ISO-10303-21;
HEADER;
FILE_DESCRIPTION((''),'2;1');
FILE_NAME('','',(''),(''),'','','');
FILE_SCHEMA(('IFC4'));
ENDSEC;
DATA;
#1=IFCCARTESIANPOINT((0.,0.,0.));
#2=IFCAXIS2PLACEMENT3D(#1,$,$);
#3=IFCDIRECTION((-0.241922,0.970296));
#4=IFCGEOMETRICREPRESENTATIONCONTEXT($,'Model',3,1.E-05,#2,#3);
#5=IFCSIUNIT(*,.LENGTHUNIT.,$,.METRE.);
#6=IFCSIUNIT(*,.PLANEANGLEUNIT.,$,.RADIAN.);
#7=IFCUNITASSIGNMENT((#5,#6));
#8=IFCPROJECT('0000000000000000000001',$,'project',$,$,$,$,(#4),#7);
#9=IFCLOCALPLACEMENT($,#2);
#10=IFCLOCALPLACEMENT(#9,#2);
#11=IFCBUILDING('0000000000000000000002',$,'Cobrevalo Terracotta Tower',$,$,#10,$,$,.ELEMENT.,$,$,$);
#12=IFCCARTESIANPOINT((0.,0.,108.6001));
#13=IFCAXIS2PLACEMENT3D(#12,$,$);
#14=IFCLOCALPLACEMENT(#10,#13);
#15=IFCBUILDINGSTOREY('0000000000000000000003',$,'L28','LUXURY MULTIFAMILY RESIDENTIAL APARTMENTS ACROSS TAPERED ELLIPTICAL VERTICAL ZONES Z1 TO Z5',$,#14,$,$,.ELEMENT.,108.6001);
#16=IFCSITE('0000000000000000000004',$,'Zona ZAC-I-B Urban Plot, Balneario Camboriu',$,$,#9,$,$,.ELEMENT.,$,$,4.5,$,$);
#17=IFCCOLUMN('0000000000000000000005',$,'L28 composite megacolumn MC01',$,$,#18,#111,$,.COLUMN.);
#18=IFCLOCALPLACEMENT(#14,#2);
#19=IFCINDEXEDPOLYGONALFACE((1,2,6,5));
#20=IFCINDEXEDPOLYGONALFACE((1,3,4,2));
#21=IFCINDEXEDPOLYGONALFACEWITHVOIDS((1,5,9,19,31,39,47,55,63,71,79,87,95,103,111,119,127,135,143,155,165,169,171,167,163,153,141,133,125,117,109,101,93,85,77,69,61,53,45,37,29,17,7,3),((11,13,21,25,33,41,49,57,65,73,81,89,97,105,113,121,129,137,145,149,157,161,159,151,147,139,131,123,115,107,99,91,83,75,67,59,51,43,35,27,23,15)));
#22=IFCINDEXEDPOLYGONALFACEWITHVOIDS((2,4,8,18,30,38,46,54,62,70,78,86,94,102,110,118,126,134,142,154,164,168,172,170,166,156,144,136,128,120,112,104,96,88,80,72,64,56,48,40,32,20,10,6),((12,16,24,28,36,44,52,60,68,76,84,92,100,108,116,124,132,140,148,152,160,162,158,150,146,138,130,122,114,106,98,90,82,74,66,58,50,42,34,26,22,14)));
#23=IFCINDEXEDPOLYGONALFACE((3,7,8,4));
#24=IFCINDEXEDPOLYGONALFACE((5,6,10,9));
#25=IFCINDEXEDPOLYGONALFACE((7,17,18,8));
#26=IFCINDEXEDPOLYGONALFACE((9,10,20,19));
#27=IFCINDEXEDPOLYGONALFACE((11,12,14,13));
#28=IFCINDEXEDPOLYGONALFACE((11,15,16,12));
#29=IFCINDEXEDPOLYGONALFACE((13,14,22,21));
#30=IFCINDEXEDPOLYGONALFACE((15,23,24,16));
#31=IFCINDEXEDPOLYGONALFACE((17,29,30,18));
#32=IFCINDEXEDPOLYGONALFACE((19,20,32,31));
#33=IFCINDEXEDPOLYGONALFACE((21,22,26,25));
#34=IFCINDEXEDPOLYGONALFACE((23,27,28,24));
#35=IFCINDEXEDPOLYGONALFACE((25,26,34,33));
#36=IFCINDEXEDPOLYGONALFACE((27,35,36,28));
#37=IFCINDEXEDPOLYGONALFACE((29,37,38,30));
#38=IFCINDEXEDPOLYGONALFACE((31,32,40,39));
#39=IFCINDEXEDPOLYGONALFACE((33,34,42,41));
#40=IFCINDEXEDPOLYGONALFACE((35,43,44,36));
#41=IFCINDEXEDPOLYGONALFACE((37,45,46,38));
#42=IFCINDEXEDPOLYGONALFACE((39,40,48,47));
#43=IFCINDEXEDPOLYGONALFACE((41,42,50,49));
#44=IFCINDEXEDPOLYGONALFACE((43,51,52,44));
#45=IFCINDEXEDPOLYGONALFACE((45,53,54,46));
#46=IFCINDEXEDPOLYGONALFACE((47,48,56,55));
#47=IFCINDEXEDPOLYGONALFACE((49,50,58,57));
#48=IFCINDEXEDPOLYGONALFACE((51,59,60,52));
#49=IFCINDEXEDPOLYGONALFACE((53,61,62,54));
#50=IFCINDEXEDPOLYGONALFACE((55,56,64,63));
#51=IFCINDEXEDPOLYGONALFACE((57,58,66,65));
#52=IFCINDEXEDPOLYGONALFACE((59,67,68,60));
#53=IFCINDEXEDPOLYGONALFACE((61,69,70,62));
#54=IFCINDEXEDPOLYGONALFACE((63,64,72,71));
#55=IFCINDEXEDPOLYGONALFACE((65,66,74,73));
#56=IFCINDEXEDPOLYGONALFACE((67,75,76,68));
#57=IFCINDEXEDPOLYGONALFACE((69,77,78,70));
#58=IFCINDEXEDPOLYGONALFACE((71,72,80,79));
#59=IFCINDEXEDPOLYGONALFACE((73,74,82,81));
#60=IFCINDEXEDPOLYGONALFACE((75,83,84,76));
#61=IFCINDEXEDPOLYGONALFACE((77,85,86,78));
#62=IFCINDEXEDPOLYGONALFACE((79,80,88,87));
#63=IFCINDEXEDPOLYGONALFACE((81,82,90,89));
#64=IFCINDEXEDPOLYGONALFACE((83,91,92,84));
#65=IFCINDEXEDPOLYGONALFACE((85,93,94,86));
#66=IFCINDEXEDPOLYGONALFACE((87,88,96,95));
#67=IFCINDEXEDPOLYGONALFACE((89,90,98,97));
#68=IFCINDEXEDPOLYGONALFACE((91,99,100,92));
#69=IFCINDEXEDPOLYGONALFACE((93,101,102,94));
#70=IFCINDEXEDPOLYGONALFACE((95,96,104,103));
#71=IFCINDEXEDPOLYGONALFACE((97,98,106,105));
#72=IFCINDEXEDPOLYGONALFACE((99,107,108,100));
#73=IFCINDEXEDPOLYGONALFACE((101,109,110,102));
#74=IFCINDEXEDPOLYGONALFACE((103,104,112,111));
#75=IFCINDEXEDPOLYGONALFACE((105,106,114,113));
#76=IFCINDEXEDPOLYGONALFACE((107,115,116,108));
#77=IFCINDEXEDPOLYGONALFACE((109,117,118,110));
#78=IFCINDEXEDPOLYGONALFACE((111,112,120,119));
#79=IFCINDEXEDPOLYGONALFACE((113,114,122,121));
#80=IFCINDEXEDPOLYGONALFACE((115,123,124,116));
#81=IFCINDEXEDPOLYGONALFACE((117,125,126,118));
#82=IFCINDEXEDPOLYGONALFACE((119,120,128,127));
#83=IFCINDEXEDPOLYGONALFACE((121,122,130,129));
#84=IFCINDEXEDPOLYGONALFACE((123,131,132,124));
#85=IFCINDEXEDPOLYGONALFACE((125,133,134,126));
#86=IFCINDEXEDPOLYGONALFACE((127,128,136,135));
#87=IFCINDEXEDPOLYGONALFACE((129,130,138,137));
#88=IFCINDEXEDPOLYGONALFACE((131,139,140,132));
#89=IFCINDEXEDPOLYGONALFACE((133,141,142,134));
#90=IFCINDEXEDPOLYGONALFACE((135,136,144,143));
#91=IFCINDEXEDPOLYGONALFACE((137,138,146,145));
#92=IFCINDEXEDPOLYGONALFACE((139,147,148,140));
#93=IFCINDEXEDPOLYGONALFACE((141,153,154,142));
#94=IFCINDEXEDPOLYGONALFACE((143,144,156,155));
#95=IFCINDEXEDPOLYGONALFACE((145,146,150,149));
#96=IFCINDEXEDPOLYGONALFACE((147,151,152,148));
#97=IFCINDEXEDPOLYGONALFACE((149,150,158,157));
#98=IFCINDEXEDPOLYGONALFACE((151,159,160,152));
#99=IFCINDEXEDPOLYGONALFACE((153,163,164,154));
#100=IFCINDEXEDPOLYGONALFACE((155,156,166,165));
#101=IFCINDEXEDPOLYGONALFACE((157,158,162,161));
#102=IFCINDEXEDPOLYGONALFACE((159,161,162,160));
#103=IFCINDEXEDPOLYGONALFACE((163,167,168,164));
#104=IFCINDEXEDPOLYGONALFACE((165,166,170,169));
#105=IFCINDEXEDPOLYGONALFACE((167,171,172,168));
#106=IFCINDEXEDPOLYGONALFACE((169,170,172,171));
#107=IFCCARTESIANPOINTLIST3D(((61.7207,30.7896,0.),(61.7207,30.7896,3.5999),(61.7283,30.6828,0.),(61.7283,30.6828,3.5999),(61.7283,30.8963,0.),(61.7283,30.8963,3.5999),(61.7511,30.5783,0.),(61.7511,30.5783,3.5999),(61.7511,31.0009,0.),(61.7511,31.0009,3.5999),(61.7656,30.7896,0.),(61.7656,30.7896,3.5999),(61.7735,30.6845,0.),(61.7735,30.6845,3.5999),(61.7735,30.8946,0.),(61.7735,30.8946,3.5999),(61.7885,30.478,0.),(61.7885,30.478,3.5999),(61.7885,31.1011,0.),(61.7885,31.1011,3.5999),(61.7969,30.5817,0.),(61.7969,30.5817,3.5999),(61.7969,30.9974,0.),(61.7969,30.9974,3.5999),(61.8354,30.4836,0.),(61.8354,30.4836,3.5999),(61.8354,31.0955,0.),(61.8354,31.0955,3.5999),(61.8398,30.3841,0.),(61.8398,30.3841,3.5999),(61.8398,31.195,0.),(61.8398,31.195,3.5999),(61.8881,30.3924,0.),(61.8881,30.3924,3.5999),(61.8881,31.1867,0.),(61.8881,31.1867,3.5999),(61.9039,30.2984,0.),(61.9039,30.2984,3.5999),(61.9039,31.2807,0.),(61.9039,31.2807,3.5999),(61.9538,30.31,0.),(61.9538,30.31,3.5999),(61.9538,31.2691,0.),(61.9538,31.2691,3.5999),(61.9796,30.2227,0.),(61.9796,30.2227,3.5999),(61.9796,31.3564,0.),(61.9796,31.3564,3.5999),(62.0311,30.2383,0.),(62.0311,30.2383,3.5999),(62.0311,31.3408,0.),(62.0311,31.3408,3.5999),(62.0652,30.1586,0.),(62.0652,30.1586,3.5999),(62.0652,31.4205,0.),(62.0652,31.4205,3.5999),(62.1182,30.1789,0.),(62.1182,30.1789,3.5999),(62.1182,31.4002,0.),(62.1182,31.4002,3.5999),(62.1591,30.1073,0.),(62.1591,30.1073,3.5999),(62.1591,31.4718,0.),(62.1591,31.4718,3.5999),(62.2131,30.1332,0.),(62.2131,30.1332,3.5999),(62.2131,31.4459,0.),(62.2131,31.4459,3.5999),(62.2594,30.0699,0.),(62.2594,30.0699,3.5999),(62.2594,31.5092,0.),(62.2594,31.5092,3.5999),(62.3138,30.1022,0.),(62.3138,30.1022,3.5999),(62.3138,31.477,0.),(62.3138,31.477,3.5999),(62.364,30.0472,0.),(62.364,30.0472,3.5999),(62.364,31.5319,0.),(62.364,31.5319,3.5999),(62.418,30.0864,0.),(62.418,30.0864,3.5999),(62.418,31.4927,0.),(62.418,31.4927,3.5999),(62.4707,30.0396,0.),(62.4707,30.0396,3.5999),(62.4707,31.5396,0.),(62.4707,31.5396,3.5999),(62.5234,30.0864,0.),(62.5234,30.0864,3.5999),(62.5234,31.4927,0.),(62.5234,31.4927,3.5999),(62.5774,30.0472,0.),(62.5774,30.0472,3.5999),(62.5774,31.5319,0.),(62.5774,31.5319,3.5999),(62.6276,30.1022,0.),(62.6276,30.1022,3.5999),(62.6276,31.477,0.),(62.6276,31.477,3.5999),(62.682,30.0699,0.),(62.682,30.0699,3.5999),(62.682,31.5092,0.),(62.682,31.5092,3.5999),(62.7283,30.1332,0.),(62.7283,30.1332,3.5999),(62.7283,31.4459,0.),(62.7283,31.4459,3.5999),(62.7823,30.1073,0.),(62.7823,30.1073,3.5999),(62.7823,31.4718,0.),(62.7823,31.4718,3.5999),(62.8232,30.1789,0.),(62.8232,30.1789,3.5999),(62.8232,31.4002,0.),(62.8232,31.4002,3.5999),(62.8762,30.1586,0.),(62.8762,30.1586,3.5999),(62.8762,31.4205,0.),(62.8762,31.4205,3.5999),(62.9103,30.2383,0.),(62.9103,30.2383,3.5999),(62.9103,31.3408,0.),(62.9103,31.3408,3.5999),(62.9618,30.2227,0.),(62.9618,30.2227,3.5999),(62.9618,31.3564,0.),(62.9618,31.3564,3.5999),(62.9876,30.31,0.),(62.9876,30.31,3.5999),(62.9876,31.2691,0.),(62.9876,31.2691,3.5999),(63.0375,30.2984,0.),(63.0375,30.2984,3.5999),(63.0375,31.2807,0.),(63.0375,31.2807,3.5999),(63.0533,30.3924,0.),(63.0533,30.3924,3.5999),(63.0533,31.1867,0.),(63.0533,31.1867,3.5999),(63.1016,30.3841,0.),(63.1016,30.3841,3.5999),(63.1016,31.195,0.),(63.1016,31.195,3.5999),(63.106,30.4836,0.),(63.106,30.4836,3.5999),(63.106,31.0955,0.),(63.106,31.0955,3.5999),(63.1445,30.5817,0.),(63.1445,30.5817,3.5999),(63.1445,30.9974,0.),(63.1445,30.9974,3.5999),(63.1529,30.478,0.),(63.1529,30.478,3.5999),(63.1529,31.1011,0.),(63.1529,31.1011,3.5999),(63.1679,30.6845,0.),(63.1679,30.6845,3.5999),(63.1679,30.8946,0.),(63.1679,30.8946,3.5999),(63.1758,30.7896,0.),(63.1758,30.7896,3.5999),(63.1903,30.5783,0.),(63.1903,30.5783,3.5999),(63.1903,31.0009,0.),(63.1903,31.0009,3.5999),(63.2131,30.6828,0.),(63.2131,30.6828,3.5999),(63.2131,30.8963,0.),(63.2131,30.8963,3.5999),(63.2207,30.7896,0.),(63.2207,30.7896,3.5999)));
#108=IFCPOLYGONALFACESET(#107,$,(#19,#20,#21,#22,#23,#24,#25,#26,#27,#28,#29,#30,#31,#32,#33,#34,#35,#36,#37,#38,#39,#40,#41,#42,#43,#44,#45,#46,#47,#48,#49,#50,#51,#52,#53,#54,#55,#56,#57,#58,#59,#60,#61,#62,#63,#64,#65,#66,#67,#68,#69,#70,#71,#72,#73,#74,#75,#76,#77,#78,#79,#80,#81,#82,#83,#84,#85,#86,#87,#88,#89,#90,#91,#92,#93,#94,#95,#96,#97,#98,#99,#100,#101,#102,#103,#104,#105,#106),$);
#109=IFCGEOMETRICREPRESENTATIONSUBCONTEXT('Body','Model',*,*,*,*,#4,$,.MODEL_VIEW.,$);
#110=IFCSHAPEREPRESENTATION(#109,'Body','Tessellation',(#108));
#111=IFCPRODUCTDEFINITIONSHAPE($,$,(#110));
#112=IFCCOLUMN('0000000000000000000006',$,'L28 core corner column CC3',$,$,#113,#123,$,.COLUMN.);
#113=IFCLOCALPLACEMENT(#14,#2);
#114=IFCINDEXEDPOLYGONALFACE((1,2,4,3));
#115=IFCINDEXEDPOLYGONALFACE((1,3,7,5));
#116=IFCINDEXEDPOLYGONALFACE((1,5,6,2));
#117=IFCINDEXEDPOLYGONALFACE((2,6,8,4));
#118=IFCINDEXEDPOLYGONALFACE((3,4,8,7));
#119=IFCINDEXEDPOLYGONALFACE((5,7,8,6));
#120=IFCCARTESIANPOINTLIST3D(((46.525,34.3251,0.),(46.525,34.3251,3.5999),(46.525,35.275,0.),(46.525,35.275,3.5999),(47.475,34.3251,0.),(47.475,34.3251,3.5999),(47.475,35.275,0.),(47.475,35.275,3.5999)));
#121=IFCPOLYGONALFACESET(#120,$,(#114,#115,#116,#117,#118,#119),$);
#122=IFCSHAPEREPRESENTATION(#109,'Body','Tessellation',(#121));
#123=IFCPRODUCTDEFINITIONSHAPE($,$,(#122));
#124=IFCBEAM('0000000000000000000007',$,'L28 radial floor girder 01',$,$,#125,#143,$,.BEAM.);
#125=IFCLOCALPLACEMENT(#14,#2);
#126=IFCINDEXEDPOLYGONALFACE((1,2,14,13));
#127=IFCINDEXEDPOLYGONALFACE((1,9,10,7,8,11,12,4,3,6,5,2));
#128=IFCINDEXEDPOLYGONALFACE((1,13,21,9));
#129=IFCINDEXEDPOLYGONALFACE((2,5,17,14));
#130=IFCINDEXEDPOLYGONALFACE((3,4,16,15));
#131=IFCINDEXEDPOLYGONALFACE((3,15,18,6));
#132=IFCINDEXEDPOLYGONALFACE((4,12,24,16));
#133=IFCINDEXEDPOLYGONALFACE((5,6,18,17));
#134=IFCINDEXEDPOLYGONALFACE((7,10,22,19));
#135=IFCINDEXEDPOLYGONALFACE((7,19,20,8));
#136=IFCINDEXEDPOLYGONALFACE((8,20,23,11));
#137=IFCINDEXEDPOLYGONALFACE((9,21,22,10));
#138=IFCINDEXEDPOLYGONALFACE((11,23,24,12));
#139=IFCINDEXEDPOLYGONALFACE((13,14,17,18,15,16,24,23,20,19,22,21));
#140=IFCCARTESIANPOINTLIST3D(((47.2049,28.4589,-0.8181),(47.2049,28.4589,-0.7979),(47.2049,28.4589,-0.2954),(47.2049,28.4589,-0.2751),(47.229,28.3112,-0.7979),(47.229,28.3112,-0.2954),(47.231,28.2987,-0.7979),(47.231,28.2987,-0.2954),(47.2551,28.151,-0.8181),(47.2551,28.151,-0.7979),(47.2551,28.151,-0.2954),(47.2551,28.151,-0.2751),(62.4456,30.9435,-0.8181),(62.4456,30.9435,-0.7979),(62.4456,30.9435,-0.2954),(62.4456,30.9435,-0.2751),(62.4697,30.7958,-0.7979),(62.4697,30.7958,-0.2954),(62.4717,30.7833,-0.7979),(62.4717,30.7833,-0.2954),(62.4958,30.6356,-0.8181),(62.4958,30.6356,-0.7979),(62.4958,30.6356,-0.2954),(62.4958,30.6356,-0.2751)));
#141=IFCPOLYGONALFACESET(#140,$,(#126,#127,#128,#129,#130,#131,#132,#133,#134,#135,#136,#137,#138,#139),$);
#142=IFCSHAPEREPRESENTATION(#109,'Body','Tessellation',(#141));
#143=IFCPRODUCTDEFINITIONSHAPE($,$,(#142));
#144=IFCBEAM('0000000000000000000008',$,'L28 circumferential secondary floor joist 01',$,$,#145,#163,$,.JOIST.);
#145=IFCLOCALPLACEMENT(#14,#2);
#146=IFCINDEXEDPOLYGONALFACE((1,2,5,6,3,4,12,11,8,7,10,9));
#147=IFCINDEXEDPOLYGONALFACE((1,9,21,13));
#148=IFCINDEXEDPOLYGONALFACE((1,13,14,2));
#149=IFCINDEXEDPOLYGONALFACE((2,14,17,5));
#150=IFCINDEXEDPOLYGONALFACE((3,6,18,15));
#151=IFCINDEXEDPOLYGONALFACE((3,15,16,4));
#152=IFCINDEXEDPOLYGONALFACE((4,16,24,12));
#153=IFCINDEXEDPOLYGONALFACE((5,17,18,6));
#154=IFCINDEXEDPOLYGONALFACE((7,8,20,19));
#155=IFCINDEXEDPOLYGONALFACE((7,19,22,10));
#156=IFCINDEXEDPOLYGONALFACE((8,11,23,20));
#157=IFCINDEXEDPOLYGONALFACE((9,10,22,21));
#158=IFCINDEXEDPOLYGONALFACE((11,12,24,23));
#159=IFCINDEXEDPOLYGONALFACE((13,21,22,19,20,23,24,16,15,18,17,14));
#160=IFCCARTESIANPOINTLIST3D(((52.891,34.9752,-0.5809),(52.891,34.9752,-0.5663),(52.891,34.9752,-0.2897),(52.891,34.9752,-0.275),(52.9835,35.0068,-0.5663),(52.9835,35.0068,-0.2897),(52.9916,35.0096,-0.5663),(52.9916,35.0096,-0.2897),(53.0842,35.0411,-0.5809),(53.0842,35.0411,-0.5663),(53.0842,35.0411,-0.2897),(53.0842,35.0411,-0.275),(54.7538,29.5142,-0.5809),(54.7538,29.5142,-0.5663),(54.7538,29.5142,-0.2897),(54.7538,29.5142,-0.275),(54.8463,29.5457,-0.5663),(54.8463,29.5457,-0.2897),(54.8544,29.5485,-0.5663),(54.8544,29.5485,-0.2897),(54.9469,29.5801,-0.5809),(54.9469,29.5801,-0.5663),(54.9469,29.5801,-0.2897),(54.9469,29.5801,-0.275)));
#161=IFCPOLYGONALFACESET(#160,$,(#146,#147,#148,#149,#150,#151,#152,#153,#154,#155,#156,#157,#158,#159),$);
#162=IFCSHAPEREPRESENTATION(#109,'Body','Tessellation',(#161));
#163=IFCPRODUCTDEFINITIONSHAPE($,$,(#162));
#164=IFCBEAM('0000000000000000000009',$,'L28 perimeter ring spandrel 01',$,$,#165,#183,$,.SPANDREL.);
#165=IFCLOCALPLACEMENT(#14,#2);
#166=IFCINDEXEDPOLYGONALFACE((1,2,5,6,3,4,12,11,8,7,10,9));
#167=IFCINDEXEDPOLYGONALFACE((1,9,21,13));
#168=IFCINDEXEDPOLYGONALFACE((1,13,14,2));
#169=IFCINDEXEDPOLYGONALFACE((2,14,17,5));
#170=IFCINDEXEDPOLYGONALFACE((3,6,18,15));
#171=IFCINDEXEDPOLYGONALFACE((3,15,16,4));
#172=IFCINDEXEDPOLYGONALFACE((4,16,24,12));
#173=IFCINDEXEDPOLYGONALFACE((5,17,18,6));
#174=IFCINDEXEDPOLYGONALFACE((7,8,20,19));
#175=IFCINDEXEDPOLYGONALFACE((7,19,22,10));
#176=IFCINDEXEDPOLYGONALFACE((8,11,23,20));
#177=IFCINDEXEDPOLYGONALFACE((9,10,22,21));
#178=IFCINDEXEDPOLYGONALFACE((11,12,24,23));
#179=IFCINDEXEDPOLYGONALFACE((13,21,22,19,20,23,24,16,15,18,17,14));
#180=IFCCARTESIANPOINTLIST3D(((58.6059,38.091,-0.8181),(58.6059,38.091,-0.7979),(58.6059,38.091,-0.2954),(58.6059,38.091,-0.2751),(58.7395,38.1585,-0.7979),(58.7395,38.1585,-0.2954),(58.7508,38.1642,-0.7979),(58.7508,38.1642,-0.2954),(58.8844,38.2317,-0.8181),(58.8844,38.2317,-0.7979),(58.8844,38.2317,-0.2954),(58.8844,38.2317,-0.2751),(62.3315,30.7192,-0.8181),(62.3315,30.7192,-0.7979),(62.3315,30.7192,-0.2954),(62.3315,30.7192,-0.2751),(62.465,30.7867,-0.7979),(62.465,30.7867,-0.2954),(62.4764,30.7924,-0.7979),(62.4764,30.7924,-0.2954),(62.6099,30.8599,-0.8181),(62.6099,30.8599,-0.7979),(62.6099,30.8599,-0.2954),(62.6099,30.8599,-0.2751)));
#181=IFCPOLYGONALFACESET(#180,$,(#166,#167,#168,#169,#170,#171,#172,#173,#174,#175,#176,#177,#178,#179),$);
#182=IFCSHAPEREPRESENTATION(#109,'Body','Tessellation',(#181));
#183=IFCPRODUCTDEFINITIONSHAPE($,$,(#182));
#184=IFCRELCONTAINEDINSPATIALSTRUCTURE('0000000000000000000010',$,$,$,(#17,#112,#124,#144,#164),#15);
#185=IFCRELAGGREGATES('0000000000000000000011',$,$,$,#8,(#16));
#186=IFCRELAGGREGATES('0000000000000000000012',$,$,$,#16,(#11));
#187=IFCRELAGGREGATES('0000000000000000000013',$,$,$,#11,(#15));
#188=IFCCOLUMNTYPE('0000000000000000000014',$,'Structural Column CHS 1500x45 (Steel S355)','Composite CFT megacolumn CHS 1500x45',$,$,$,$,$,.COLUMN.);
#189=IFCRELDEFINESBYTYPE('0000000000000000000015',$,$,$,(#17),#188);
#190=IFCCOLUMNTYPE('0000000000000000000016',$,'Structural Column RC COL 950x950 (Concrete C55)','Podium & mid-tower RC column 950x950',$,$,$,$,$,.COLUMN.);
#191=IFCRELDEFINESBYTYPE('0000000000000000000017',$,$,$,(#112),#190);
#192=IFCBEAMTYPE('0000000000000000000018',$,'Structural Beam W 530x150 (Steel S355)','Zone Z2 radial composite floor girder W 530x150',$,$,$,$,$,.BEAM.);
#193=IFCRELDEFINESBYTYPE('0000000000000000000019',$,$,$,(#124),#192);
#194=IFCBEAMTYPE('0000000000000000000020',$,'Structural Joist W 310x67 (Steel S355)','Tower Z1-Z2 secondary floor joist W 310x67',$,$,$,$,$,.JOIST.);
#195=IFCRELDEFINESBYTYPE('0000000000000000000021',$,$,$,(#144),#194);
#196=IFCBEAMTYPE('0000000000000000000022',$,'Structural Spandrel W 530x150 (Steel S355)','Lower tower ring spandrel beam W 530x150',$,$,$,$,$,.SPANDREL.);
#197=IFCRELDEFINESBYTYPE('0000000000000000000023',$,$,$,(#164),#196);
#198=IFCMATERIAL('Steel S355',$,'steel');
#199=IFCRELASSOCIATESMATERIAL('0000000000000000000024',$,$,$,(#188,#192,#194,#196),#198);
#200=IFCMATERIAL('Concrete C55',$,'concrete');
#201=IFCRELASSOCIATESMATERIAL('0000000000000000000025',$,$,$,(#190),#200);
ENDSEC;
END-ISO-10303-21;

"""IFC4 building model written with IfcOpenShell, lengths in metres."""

from ifc_helpers import new_model, si_unit, direction, frame, origin, origin_2d, place, context, subcontext, project, spatial, rectangle, hollow_circle, i_section, extrude, material, material_profile, profile_set, type_object, element, save


model = new_model("IFC4")

# Units and contexts
model_context = context("Model", 3, precision=1e-05, world=origin(), true_north=direction((-0.241922, 0.970296)))
body_context = subcontext(model_context, "Body", "Model", "MODEL_VIEW")
ifc_project = project(units=[si_unit("LENGTHUNIT", "METRE"), si_unit("PLANEANGLEUNIT", "RADIAN")], contexts=[model_context])

# Site, building, storey
site_placement = place(None, origin())
site = spatial("IfcSite", under=ifc_project, at=site_placement, Name="Zona ZAC-I-B Urban Plot, Balneario Camboriu", CompositionType="ELEMENT", RefElevation=4.5)
building_placement = place(site_placement, origin())
building = spatial("IfcBuilding", under=site, at=building_placement, Name="Cobrevalo Terracotta Tower", CompositionType="ELEMENT")
storey_placement = place(building_placement, frame((0.0, 0.0, 108.6001)))
storey = spatial("IfcBuildingStorey", under=building, at=storey_placement, Name="L28", Description="LUXURY MULTIFAMILY RESIDENTIAL APARTMENTS ACROSS TAPERED ELLIPTICAL VERTICAL ZONES Z1 TO Z5", CompositionType="ELEMENT", Elevation=108.6001)

# Columns
ifc_material_1 = material(Name="Steel S355", Category="steel")
ifc_material_profile_1 = material_profile(ifc_material_1, hollow_circle(Radius=0.75, WallThickness=0.0449, at=origin_2d()), Name="CHS 1500x45")
ifc_profile_set_1 = profile_set([ifc_material_profile_1], Name="Steel S355")
column_type_1 = type_object("IfcColumnType", Name="Structural Column CHS 1500x45 (Steel S355)", Description="Composite CFT megacolumn CHS 1500x45", PredefinedType="COLUMN", material=ifc_profile_set_1)
column_1_placement = place(storey_placement, frame((62.4707, 30.7896, 0.0), z_axis=(0.0, 0.0, 1.0), x_axis=(1.0, 0.0, 0.0)))
element("IfcColumn", 1, at=column_1_placement, inside=storey, type_object=column_type_1, Name="L28 composite megacolumn MC01", PredefinedType="COLUMN", context=body_context, shape_type="SweptSolid", body=[
    extrude(hollow_circle(Radius=0.75, WallThickness=0.0449, at=origin_2d()), origin(), (0.0, 0.0, 1.0), 3.5999),
])
ifc_material_2 = material(Name="Concrete C55", Category="concrete")
ifc_material_profile_2 = material_profile(ifc_material_2, rectangle(XDim=0.95, YDim=0.95, at=origin_2d()), Name="RC COL 950x950")
ifc_profile_set_2 = profile_set([ifc_material_profile_2], Name="Concrete C55")
column_type_2 = type_object("IfcColumnType", Name="Structural Column RC COL 950x950 (Concrete C55)", Description="Podium & mid-tower RC column 950x950", PredefinedType="COLUMN", material=ifc_profile_set_2)
column_2_placement = place(storey_placement, frame((47.0, 34.8, 0.0), z_axis=(0.0, 0.0, 1.0), x_axis=(1.0, 0.0, 0.0)))
element("IfcColumn", 2, at=column_2_placement, inside=storey, type_object=column_type_2, Name="L28 core corner column CC3", PredefinedType="COLUMN", context=body_context, shape_type="SweptSolid", body=[
    extrude(rectangle(XDim=0.95, YDim=0.95, at=origin_2d()), origin(), (0.0, 0.0, 1.0), 3.5999),
])

# Beams
ifc_material_profile_3 = material_profile(ifc_material_1, i_section(OverallWidth=0.312, OverallDepth=0.543, WebThickness=0.0127, FlangeThickness=0.0203, at=origin_2d()), Name="W 530x150")
ifc_profile_set_3 = profile_set([ifc_material_profile_3], Name="Steel S355")
beam_type_1 = type_object("IfcBeamType", Name="Structural Beam W 530x150 (Steel S355)", Description="Zone Z2 radial composite floor girder W 530x150", PredefinedType="BEAM", material=ifc_profile_set_3)
beam_1_placement = place(storey_placement, frame((62.4707, 30.7896, -0.5466), z_axis=(-0.986971, -0.160901, 0.0), x_axis=(0.160901, -0.986971, 0.0)))
element("IfcBeam", 3, at=beam_1_placement, inside=storey, type_object=beam_type_1, Name="L28 radial floor girder 01", PredefinedType="BEAM", context=body_context, shape_type="SweptSolid", body=[
    extrude(i_section(OverallWidth=0.312, OverallDepth=0.543, WebThickness=0.0127, FlangeThickness=0.0203, at=origin_2d()), origin(), (0.0, 0.0, 1.0), 15.4419),
])
ifc_material_profile_4 = material_profile(ifc_material_1, i_section(OverallWidth=0.2041, OverallDepth=0.3059, WebThickness=0.0085, FlangeThickness=0.0146, at=origin_2d()), Name="W 310x67")
ifc_profile_set_4 = profile_set([ifc_material_profile_4], Name="Steel S355")
beam_type_2 = type_object("IfcBeamType", Name="Structural Joist W 310x67 (Steel S355)", Description="Tower Z1-Z2 secondary floor joist W 310x67", PredefinedType="JOIST", material=ifc_profile_set_4)
beam_2_placement = place(storey_placement, frame((54.8503, 29.5471, -0.428), z_axis=(-0.322833, 0.946456, 0.0), x_axis=(-0.946456, -0.322833, 0.0)))
element("IfcBeam", 4, at=beam_2_placement, inside=storey, type_object=beam_type_2, Name="L28 circumferential secondary floor joist 01", PredefinedType="JOIST", context=body_context, shape_type="SweptSolid", body=[
    extrude(i_section(OverallWidth=0.2041, OverallDepth=0.3059, WebThickness=0.0085, FlangeThickness=0.0146, at=origin_2d()), origin(), (0.0, 0.0, 1.0), 5.77),
])
ifc_material_profile_5 = material_profile(ifc_material_1, i_section(OverallWidth=0.312, OverallDepth=0.543, WebThickness=0.0127, FlangeThickness=0.0203, at=origin_2d()), Name="W 530x150")
ifc_profile_set_5 = profile_set([ifc_material_profile_5], Name="Steel S355")
beam_type_3 = type_object("IfcBeamType", Name="Structural Spandrel W 530x150 (Steel S355)", Description="Lower tower ring spandrel beam W 530x150", PredefinedType="SPANDREL", material=ifc_profile_set_5)
beam_3_placement = place(storey_placement, frame((62.4707, 30.7896, -0.5466), z_axis=(-0.451052, 0.892498, 0.0), x_axis=(-0.892498, -0.451052, 0.0)))
element("IfcBeam", 5, at=beam_3_placement, inside=storey, type_object=beam_type_3, Name="L28 perimeter ring spandrel 01", PredefinedType="SPANDREL", context=body_context, shape_type="SweptSolid", body=[
    extrude(i_section(OverallWidth=0.312, OverallDepth=0.543, WebThickness=0.0127, FlangeThickness=0.0203, at=origin_2d()), origin(), (0.0, 0.0, 1.0), 8.2598),
])

save(model, "model.ifc")
